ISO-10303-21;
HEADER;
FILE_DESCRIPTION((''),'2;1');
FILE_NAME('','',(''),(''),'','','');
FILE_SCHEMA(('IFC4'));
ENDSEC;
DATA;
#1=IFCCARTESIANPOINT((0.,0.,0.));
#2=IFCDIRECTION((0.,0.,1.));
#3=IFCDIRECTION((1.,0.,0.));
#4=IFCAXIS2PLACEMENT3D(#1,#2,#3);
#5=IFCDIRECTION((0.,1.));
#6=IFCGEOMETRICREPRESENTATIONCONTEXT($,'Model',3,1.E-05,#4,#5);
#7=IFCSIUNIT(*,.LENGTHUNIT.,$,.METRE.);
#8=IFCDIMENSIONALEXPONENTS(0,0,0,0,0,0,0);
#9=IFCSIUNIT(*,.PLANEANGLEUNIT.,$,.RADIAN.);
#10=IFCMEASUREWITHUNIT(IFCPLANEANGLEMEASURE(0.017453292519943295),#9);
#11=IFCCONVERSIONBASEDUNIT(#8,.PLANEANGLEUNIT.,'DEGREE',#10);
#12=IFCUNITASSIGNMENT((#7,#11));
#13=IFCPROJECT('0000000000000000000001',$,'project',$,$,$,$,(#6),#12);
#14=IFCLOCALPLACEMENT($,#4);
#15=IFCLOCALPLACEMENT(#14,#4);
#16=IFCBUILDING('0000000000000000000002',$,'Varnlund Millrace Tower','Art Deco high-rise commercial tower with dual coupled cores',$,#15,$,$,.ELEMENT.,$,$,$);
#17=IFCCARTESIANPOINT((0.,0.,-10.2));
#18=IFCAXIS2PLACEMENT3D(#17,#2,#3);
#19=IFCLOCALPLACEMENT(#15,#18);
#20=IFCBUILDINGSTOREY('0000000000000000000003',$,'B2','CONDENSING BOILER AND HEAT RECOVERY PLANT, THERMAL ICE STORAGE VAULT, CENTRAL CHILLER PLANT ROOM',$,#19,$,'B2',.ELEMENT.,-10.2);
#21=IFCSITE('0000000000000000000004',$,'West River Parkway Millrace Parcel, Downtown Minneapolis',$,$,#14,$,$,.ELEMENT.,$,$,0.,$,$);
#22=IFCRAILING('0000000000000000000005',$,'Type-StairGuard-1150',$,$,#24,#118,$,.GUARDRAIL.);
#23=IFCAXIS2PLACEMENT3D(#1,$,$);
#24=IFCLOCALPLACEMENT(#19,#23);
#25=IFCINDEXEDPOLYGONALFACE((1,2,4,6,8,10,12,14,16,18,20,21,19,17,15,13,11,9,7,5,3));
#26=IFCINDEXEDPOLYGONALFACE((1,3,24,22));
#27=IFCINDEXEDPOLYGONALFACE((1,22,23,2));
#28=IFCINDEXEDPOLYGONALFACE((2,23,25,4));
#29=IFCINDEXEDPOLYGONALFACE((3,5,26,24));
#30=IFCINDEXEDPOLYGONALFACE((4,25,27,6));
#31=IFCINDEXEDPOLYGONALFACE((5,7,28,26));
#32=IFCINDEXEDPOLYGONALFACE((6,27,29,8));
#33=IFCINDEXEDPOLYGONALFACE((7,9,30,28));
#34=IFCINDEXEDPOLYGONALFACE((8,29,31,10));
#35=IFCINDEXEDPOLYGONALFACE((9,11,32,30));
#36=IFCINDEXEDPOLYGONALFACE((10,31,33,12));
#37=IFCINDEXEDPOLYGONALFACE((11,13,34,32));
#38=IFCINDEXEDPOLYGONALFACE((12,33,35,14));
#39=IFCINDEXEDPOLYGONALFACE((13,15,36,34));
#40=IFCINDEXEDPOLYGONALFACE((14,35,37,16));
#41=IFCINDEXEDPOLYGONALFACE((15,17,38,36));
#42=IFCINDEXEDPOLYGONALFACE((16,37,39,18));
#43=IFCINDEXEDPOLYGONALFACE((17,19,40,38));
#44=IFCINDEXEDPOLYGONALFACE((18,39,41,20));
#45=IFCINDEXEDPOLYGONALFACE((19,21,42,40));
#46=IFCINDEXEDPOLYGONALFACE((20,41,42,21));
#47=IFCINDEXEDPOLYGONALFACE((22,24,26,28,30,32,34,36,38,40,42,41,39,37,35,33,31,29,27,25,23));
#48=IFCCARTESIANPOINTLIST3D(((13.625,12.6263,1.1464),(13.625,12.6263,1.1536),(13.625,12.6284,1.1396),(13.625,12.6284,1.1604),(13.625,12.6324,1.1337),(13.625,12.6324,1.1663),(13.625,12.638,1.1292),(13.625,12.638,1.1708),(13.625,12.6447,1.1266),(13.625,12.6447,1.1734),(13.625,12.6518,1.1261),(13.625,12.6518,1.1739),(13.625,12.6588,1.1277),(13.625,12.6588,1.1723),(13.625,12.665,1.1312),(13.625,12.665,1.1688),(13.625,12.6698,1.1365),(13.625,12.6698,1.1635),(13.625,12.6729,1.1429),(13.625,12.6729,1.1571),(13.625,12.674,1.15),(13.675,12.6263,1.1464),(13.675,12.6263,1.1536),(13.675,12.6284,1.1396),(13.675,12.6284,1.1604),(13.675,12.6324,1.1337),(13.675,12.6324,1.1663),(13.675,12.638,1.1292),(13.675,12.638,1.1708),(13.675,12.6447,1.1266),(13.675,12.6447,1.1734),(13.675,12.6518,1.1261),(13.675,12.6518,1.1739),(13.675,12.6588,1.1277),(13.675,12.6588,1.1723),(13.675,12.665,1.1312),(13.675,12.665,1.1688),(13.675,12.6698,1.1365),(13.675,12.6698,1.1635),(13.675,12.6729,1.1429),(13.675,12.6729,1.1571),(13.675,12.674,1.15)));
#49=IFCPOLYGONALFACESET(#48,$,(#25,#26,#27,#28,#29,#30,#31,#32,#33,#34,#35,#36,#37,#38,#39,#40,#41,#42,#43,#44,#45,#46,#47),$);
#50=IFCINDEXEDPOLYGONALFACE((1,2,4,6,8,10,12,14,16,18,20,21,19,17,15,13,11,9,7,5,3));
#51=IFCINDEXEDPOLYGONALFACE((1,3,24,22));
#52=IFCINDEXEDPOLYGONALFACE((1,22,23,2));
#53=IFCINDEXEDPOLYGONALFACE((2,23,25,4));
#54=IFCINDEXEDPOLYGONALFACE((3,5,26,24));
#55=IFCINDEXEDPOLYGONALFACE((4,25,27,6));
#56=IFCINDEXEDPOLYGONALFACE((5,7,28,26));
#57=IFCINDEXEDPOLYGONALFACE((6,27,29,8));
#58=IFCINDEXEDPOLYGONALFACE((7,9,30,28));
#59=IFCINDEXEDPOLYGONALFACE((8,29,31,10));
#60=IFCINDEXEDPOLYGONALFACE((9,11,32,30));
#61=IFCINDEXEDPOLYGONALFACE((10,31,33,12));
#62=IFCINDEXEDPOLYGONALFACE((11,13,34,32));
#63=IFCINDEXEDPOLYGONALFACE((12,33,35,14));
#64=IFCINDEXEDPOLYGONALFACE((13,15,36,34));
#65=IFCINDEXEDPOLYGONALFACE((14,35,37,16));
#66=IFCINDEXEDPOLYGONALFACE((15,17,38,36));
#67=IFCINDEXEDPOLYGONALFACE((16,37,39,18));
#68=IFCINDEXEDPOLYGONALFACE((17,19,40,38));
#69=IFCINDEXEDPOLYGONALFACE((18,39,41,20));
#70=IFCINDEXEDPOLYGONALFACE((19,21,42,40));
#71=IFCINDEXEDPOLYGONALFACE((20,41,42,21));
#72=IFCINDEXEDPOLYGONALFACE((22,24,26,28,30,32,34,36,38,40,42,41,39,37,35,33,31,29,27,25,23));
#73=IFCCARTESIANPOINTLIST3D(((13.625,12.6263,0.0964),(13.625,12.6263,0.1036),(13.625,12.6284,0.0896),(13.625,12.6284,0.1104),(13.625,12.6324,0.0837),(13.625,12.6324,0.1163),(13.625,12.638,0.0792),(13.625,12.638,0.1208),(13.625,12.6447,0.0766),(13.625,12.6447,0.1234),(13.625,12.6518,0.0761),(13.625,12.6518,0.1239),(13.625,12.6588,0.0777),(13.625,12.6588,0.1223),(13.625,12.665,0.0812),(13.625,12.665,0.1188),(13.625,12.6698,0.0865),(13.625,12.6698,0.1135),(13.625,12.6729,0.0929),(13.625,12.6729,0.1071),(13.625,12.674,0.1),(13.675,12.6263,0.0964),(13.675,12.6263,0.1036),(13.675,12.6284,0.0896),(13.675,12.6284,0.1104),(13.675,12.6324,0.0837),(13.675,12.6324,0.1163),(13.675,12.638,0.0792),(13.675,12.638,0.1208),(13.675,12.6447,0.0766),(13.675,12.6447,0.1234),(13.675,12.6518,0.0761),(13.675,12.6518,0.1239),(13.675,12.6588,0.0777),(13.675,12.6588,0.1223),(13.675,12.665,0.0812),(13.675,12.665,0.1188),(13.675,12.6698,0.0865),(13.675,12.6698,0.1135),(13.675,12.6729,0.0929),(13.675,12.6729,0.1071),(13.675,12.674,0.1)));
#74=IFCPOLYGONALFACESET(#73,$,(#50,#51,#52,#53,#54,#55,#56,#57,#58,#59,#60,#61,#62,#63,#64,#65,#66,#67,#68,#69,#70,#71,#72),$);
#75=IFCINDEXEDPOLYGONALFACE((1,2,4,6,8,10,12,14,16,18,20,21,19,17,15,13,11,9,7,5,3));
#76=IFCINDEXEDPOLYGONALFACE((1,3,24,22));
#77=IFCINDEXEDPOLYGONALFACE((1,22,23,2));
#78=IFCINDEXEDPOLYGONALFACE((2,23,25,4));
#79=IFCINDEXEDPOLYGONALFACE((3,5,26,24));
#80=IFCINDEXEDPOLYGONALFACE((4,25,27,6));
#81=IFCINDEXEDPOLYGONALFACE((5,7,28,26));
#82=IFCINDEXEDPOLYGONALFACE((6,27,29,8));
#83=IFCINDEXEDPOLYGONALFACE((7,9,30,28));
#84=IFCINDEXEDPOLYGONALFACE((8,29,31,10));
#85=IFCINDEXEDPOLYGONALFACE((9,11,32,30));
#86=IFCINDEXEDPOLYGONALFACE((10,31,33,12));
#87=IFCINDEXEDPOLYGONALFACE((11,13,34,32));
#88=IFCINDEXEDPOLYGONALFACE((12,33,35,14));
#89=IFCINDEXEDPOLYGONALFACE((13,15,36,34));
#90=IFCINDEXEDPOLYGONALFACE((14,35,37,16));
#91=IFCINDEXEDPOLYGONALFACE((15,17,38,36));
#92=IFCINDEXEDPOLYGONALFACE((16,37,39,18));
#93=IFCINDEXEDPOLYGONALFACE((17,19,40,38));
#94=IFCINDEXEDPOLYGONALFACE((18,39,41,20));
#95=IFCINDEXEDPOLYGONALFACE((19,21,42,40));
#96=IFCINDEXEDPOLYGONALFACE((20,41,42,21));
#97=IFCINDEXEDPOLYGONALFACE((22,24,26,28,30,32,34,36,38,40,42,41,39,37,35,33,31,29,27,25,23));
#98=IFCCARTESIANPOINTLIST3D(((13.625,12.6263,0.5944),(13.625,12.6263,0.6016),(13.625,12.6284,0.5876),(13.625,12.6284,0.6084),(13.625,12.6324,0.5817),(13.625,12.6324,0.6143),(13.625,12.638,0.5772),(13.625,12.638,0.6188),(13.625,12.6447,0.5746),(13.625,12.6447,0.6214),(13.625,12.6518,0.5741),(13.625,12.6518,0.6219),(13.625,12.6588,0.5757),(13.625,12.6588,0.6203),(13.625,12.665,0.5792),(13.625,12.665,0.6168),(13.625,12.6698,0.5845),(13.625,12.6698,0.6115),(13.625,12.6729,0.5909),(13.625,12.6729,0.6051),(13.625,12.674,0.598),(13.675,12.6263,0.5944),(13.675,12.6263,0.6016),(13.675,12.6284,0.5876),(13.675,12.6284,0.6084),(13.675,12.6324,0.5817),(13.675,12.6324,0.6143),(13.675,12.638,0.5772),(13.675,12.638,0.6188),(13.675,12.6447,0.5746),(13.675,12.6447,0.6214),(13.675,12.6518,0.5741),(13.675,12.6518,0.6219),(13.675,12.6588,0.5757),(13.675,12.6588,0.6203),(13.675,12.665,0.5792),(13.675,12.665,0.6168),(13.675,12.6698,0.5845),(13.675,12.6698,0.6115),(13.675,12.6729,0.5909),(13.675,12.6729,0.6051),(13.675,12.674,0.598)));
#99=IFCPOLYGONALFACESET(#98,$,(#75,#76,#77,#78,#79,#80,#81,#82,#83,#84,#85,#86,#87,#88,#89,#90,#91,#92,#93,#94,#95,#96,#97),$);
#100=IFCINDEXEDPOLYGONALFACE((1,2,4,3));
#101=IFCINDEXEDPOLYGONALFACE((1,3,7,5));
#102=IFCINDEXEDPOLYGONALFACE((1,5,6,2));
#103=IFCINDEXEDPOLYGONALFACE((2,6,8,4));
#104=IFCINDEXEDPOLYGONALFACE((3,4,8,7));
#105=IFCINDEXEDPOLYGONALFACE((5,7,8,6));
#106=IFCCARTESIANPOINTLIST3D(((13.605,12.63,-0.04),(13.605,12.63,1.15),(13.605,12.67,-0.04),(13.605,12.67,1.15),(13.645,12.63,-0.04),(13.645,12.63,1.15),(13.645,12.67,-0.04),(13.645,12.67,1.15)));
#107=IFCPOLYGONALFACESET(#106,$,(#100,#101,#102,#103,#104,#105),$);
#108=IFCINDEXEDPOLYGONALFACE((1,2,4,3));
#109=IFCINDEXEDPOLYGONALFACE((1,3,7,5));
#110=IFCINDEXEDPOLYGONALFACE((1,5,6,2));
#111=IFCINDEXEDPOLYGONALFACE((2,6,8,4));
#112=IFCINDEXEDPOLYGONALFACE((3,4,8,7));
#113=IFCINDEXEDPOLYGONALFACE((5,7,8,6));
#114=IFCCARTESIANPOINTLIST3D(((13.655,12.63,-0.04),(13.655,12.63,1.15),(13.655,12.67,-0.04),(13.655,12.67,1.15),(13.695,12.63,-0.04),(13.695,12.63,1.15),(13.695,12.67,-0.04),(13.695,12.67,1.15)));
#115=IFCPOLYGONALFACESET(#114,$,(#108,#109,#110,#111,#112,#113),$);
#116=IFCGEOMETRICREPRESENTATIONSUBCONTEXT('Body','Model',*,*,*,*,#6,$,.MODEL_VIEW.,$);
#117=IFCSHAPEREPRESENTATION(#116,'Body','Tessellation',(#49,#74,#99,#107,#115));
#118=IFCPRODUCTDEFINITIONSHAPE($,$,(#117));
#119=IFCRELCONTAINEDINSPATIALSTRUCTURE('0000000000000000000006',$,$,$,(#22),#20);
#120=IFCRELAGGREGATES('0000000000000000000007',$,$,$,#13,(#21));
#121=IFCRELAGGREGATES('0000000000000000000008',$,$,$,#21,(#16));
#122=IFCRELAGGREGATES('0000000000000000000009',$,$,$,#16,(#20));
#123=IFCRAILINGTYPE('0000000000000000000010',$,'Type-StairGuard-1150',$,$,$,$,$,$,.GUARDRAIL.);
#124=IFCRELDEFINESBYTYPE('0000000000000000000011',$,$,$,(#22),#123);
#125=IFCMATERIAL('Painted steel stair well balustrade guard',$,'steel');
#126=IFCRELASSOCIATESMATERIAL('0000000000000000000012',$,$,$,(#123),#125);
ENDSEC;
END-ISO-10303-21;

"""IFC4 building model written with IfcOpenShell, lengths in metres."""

from ifc_helpers import new_model, entity, si_unit, converted_unit, direction, frame, origin_with_axes, origin_2d_with_axis, place, context, subcontext, project, spatial, rectangle, circle, extrude, material, type_object, element, save


model = new_model("IFC4")

# Units and contexts
model_context = context("Model", 3, precision=1e-05, world=origin_with_axes(), true_north=direction((0.0, 1.0)))
body_context = subcontext(model_context, "Body", "Model", "MODEL_VIEW")
ifc_project = project(units=[si_unit("LENGTHUNIT", "METRE"), converted_unit("PLANEANGLEUNIT", "DEGREE", entity("IfcPlaneAngleMeasure", 0.017453292519943295), si_unit("PLANEANGLEUNIT", "RADIAN"), dimensions=[0, 0, 0, 0, 0, 0, 0])], contexts=[model_context])

# Site, building, storey
site_placement = place(None, origin_with_axes())
site = spatial("IfcSite", under=ifc_project, at=site_placement, Name="West River Parkway Millrace Parcel, Downtown Minneapolis", CompositionType="ELEMENT", RefElevation=0.0)
building_placement = place(site_placement, origin_with_axes())
building = spatial("IfcBuilding", under=site, at=building_placement, Name="Varnlund Millrace Tower", Description="Art Deco high-rise commercial tower with dual coupled cores", CompositionType="ELEMENT")
storey_placement = place(building_placement, frame((0.0, 0.0, -10.2), z_axis=(0.0, 0.0, 1.0), x_axis=(1.0, 0.0, 0.0)))
storey = spatial("IfcBuildingStorey", under=building, at=storey_placement, Name="B2", Description="CONDENSING BOILER AND HEAT RECOVERY PLANT, THERMAL ICE STORAGE VAULT, CENTRAL CHILLER PLANT ROOM", LongName="B2", CompositionType="ELEMENT", Elevation=-10.2)

# Railing
ifc_material_1 = material(Name="Painted steel stair well balustrade guard", Category="steel")
railing_type_1 = type_object("IfcRailingType", Name="Type-StairGuard-1150", PredefinedType="GUARDRAIL", material=ifc_material_1)
railing_1_placement = place(storey_placement, frame((0.0, 0.0, 10.2), z_axis=(0.0, 0.0, 1.0), x_axis=(1.0, 0.0, 0.0)))
element("IfcRailing", 1, at=railing_1_placement, inside=storey, type_object=railing_type_1, Name="Type-StairGuard-1150", PredefinedType="GUARDRAIL", context=body_context, shape_type="SweptSolid", body=[
    extrude(circle(Radius=0.024, at=origin_2d_with_axis()), frame((13.625, 12.65, -9.05), z_axis=(1.0, 0.0, 0.0), x_axis=(0.0, 1.0, 0.0)), (0.0, 0.0, 1.0), 0.05),
    extrude(circle(Radius=0.024, at=origin_2d_with_axis()), frame((13.625, 12.65, -10.1), z_axis=(1.0, 0.0, 0.0), x_axis=(0.0, 1.0, 0.0)), (0.0, 0.0, 1.0), 0.05),
    extrude(circle(Radius=0.024, at=origin_2d_with_axis()), frame((13.625, 12.65, -9.602), z_axis=(1.0, 0.0, 0.0), x_axis=(0.0, 1.0, 0.0)), (0.0, 0.0, 1.0), 0.05),
    extrude(rectangle(XDim=0.04, YDim=0.04, at=origin_2d_with_axis()), frame((13.625, 12.65, -10.24), z_axis=(0.0, 0.0, 1.0), x_axis=(1.0, 0.0, 0.0)), (0.0, 0.0, 1.0), 1.19),
    extrude(rectangle(XDim=0.04, YDim=0.04, at=origin_2d_with_axis()), frame((13.675, 12.65, -10.24), z_axis=(0.0, 0.0, 1.0), x_axis=(1.0, 0.0, 0.0)), (0.0, 0.0, 1.0), 1.19),
])

save(model, "model.ifc")
